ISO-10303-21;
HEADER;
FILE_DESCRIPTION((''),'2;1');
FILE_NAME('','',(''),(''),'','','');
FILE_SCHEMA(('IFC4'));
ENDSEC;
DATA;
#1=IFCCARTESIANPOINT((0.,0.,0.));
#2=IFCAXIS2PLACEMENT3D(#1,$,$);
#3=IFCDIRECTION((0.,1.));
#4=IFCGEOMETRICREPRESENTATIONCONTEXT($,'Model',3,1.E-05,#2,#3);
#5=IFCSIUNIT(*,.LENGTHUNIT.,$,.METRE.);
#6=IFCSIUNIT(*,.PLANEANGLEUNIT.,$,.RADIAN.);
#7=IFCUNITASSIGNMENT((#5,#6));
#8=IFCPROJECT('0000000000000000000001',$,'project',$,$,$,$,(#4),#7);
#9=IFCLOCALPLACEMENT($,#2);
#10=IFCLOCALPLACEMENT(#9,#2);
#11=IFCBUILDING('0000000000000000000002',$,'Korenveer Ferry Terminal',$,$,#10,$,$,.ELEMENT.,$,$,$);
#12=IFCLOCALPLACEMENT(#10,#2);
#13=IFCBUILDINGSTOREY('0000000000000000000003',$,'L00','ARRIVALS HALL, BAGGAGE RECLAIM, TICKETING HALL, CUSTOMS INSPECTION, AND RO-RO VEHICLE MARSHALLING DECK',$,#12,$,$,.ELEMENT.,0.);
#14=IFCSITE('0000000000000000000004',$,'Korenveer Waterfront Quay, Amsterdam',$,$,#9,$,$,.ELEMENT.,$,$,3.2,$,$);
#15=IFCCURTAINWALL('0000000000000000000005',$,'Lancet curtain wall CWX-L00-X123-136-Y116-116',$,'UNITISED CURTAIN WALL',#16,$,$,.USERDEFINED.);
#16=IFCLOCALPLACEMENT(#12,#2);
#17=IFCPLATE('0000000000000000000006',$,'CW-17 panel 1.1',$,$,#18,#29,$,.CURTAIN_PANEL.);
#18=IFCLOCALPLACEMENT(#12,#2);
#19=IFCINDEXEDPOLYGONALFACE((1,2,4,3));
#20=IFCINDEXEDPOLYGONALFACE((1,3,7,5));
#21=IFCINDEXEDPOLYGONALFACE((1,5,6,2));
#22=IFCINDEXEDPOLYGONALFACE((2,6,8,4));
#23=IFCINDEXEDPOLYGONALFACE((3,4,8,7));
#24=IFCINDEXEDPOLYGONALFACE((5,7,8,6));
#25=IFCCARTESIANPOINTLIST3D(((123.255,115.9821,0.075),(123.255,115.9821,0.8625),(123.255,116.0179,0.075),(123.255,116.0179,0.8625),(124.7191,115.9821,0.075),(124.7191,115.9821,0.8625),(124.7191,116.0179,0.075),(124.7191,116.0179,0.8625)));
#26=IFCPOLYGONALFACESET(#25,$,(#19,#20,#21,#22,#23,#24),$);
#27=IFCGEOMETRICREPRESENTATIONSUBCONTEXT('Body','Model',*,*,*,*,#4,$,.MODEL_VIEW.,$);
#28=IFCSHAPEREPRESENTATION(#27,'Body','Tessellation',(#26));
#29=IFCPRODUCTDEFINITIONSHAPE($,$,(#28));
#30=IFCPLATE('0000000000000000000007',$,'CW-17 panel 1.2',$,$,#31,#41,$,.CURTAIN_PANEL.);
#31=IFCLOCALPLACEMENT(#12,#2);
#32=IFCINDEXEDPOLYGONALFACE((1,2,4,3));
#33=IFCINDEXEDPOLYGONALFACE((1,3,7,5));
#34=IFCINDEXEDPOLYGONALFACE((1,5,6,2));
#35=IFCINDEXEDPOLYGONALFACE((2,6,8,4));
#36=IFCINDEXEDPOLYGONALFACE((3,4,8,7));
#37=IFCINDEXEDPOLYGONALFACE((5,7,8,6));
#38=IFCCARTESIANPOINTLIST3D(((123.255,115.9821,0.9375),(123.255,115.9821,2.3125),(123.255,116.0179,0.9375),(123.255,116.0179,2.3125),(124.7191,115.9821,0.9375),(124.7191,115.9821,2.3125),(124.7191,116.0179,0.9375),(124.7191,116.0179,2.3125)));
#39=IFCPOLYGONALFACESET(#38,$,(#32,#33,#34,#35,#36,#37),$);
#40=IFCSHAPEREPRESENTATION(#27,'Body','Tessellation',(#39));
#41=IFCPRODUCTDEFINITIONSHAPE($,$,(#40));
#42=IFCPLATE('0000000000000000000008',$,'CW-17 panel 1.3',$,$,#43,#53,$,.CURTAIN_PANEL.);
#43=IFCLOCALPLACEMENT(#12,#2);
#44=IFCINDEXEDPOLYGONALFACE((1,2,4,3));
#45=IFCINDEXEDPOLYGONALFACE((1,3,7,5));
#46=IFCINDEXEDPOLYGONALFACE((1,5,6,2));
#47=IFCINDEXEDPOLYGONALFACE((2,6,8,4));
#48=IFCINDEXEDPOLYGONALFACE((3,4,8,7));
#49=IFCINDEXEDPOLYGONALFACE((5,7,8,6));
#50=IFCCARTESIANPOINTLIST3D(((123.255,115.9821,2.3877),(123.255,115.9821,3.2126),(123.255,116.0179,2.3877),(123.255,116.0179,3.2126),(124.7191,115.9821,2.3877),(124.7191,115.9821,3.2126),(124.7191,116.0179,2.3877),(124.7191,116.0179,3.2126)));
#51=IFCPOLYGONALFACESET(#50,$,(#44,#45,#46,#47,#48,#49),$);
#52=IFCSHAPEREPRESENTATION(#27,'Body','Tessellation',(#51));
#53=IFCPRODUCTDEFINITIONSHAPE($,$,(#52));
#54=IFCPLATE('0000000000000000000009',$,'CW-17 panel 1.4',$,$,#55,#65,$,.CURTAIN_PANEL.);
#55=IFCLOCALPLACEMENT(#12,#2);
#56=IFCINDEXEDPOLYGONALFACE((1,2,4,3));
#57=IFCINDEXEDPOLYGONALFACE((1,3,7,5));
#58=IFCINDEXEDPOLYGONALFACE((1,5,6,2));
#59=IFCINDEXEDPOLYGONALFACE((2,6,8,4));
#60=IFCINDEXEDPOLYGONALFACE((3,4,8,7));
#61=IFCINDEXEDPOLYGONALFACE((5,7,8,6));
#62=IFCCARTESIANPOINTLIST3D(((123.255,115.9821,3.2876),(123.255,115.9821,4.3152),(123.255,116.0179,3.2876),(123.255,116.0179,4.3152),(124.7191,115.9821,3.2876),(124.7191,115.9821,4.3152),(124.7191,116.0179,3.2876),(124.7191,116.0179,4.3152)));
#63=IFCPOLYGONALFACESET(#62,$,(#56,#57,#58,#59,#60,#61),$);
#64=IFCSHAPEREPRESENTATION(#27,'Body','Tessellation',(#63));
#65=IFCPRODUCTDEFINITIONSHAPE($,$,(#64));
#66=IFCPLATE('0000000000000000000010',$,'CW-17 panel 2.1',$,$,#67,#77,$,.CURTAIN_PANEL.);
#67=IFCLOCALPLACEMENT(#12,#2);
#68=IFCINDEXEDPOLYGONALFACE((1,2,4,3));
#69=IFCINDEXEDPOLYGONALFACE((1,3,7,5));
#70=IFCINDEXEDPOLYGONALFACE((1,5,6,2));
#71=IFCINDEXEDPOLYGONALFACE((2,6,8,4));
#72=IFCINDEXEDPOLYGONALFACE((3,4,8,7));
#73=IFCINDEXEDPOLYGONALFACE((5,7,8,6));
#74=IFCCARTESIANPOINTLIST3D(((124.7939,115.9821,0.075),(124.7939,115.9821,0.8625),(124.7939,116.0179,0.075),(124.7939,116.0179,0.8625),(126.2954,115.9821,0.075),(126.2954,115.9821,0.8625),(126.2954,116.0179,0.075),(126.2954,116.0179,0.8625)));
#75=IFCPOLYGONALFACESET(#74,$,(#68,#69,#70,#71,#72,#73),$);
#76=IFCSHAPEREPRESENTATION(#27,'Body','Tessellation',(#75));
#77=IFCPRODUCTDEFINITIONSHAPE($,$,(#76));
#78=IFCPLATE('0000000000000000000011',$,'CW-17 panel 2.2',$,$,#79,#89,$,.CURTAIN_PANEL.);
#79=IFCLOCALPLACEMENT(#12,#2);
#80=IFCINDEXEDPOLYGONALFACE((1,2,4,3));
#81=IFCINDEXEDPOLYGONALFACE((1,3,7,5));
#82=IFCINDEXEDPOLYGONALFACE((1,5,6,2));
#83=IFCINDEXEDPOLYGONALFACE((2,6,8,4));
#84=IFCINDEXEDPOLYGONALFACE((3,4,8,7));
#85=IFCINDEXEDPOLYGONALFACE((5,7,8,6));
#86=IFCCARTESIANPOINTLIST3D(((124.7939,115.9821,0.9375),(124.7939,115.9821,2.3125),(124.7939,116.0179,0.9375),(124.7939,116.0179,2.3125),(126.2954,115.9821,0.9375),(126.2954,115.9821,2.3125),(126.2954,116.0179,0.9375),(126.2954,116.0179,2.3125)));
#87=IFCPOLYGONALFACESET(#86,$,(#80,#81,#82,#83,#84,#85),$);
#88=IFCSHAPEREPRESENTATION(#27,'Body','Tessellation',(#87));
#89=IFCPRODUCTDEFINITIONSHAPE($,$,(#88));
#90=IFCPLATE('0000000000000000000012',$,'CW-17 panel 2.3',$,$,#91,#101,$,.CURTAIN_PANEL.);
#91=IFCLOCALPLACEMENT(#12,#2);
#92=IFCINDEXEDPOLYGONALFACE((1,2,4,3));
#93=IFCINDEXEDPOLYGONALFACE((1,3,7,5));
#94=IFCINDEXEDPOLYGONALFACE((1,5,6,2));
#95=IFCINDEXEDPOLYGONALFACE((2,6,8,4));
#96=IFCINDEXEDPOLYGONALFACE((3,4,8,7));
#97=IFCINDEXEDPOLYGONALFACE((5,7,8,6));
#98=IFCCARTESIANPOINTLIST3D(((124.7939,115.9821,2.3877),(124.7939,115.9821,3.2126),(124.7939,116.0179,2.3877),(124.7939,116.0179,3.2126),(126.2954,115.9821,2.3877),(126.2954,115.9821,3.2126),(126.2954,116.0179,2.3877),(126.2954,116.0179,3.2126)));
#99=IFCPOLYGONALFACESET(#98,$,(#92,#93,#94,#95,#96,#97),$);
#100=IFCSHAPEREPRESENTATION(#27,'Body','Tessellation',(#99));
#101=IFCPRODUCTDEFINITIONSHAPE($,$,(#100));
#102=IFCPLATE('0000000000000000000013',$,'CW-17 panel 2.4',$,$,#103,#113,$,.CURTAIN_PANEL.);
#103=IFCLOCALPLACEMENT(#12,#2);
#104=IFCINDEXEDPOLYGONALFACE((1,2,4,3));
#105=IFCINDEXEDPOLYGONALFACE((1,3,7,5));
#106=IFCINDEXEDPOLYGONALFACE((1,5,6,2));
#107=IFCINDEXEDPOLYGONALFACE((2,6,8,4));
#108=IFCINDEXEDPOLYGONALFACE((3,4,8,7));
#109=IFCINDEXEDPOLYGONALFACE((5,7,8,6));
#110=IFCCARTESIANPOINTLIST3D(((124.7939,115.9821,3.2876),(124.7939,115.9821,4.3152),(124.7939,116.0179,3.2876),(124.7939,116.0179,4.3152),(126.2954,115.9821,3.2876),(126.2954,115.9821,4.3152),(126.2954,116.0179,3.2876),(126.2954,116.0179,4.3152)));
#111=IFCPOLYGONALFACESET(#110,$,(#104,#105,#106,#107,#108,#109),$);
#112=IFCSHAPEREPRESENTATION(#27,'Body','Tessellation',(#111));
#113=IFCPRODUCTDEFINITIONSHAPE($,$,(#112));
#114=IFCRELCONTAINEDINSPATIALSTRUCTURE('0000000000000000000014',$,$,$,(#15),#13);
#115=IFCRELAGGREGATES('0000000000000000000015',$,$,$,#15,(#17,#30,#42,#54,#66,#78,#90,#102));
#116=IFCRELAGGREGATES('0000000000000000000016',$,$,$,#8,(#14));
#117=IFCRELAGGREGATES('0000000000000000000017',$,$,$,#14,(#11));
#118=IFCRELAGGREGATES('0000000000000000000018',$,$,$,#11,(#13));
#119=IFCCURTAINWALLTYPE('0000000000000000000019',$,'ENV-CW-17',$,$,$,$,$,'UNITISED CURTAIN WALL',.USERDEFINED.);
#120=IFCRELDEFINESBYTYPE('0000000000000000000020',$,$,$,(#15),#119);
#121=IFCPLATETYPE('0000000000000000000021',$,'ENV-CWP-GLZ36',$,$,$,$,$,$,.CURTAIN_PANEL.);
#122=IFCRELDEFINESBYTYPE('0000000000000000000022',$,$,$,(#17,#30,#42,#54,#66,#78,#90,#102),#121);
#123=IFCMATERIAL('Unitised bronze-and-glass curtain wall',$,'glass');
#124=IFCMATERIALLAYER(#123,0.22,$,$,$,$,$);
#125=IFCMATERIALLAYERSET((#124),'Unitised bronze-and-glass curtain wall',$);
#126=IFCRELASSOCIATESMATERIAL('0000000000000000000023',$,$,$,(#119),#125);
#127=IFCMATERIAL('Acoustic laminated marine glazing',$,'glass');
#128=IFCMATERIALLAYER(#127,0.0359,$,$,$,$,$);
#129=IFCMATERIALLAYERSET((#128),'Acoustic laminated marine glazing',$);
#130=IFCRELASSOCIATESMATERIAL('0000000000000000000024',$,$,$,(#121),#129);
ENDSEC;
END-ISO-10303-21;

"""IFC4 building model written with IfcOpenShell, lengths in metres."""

from ifc_helpers import new_model, si_unit, direction, frame, origin, origin_2d, place, context, subcontext, project, spatial, rectangle, extrude, material, layer, layer_set, type_object, element, aggregate, save


model = new_model("IFC4")

# Units and contexts
model_context = context("Model", 3, precision=1e-05, world=origin(), true_north=direction((0.0, 1.0)))
body_context = subcontext(model_context, "Body", "Model", "MODEL_VIEW")
ifc_project = project(units=[si_unit("LENGTHUNIT", "METRE"), si_unit("PLANEANGLEUNIT", "RADIAN")], contexts=[model_context])

# Site, building, storey
site_placement = place(None, origin())
site = spatial("IfcSite", under=ifc_project, at=site_placement, Name="Korenveer Waterfront Quay, Amsterdam", CompositionType="ELEMENT", RefElevation=3.2)
building_placement = place(site_placement, origin())
building = spatial("IfcBuilding", under=site, at=building_placement, Name="Korenveer Ferry Terminal", CompositionType="ELEMENT")
storey_placement = place(building_placement, origin())
storey = spatial("IfcBuildingStorey", under=building, at=storey_placement, Name="L00", Description="ARRIVALS HALL, BAGGAGE RECLAIM, TICKETING HALL, CUSTOMS INSPECTION, AND RO-RO VEHICLE MARSHALLING DECK", CompositionType="ELEMENT", Elevation=0.0)

# Curtain wall, plates
ifc_material_1 = material(Name="Unitised bronze-and-glass curtain wall", Category="glass")
ifc_layer_1 = layer(ifc_material_1, 0.22)
ifc_layer_set_1 = layer_set([ifc_layer_1], Name="Unitised bronze-and-glass curtain wall")
curtain_wall_type = type_object("IfcCurtainWallType", Name="ENV-CW-17", ElementType="UNITISED CURTAIN WALL", PredefinedType="USERDEFINED", material=ifc_layer_set_1)
curtain_wall_placement = place(storey_placement, frame((123.1799, 116.0, 0.0)))
curtain_wall = element("IfcCurtainWall", 1, at=curtain_wall_placement, inside=storey, type_object=curtain_wall_type, Name="Lancet curtain wall CWX-L00-X123-136-Y116-116", ObjectType="UNITISED CURTAIN WALL", PredefinedType="USERDEFINED")
ifc_material_2 = material(Name="Acoustic laminated marine glazing", Category="glass")
ifc_layer_2 = layer(ifc_material_2, 0.0359)
ifc_layer_set_2 = layer_set([ifc_layer_2], Name="Acoustic laminated marine glazing")
plate_type = type_object("IfcPlateType", Name="ENV-CWP-GLZ36", PredefinedType="CURTAIN_PANEL", material=ifc_layer_set_2)
plate_1_placement = place(storey_placement, frame((123.9871, 116.0, 0.075), z_axis=(0.0, 0.0, 1.0), x_axis=(1.0, 0.0, 0.0)))
plate_1 = element("IfcPlate", 2, at=plate_1_placement, type_object=plate_type, Name="CW-17 panel 1.1", PredefinedType="CURTAIN_PANEL", context=body_context, shape_type="SweptSolid", body=[
    extrude(rectangle(XDim=1.4641, YDim=0.0359, at=origin_2d()), origin(), (0.0, 0.0, 1.0), 0.7876),
])
plate_2_placement = place(storey_placement, frame((123.9871, 116.0, 0.9375), z_axis=(0.0, 0.0, 1.0), x_axis=(1.0, 0.0, 0.0)))
plate_2 = element("IfcPlate", 3, at=plate_2_placement, type_object=plate_type, Name="CW-17 panel 1.2", PredefinedType="CURTAIN_PANEL", context=body_context, shape_type="SweptSolid", body=[
    extrude(rectangle(XDim=1.4641, YDim=0.0359, at=origin_2d()), origin(), (0.0, 0.0, 1.0), 1.375),
])
plate_3_placement = place(storey_placement, frame((123.9871, 116.0, 2.3877), z_axis=(0.0, 0.0, 1.0), x_axis=(1.0, 0.0, 0.0)))
plate_3 = element("IfcPlate", 4, at=plate_3_placement, type_object=plate_type, Name="CW-17 panel 1.3", PredefinedType="CURTAIN_PANEL", context=body_context, shape_type="SweptSolid", body=[
    extrude(rectangle(XDim=1.4641, YDim=0.0359, at=origin_2d()), origin(), (0.0, 0.0, 1.0), 0.825),
])
plate_4_placement = place(storey_placement, frame((123.9871, 116.0, 3.2876), z_axis=(0.0, 0.0, 1.0), x_axis=(1.0, 0.0, 0.0)))
plate_4 = element("IfcPlate", 5, at=plate_4_placement, type_object=plate_type, Name="CW-17 panel 1.4", PredefinedType="CURTAIN_PANEL", context=body_context, shape_type="SweptSolid", body=[
    extrude(rectangle(XDim=1.4641, YDim=0.0359, at=origin_2d()), origin(), (0.0, 0.0, 1.0), 1.0276),
])
plate_5_placement = place(storey_placement, frame((125.5447, 116.0, 0.075), z_axis=(0.0, 0.0, 1.0), x_axis=(1.0, 0.0, 0.0)))
plate_5 = element("IfcPlate", 6, at=plate_5_placement, type_object=plate_type, Name="CW-17 panel 2.1", PredefinedType="CURTAIN_PANEL", context=body_context, shape_type="SweptSolid", body=[
    extrude(rectangle(XDim=1.5015, YDim=0.0359, at=origin_2d()), origin(), (0.0, 0.0, 1.0), 0.7876),
])
plate_6_placement = place(storey_placement, frame((125.5447, 116.0, 0.9375), z_axis=(0.0, 0.0, 1.0), x_axis=(1.0, 0.0, 0.0)))
plate_6 = element("IfcPlate", 7, at=plate_6_placement, type_object=plate_type, Name="CW-17 panel 2.2", PredefinedType="CURTAIN_PANEL", context=body_context, shape_type="SweptSolid", body=[
    extrude(rectangle(XDim=1.5015, YDim=0.0359, at=origin_2d()), origin(), (0.0, 0.0, 1.0), 1.375),
])
plate_7_placement = place(storey_placement, frame((125.5447, 116.0, 2.3877), z_axis=(0.0, 0.0, 1.0), x_axis=(1.0, 0.0, 0.0)))
plate_7 = element("IfcPlate", 8, at=plate_7_placement, type_object=plate_type, Name="CW-17 panel 2.3", PredefinedType="CURTAIN_PANEL", context=body_context, shape_type="SweptSolid", body=[
    extrude(rectangle(XDim=1.5015, YDim=0.0359, at=origin_2d()), origin(), (0.0, 0.0, 1.0), 0.825),
])
plate_8_placement = place(storey_placement, frame((125.5447, 116.0, 3.2876), z_axis=(0.0, 0.0, 1.0), x_axis=(1.0, 0.0, 0.0)))
plate_8 = element("IfcPlate", 9, at=plate_8_placement, type_object=plate_type, Name="CW-17 panel 2.4", PredefinedType="CURTAIN_PANEL", context=body_context, shape_type="SweptSolid", body=[
    extrude(rectangle(XDim=1.5015, YDim=0.0359, at=origin_2d()), origin(), (0.0, 0.0, 1.0), 1.0276),
])
aggregate(curtain_wall, [plate_1, plate_2, plate_3, plate_4, plate_5, plate_6, plate_7, plate_8])

save(model, "model.ifc")
